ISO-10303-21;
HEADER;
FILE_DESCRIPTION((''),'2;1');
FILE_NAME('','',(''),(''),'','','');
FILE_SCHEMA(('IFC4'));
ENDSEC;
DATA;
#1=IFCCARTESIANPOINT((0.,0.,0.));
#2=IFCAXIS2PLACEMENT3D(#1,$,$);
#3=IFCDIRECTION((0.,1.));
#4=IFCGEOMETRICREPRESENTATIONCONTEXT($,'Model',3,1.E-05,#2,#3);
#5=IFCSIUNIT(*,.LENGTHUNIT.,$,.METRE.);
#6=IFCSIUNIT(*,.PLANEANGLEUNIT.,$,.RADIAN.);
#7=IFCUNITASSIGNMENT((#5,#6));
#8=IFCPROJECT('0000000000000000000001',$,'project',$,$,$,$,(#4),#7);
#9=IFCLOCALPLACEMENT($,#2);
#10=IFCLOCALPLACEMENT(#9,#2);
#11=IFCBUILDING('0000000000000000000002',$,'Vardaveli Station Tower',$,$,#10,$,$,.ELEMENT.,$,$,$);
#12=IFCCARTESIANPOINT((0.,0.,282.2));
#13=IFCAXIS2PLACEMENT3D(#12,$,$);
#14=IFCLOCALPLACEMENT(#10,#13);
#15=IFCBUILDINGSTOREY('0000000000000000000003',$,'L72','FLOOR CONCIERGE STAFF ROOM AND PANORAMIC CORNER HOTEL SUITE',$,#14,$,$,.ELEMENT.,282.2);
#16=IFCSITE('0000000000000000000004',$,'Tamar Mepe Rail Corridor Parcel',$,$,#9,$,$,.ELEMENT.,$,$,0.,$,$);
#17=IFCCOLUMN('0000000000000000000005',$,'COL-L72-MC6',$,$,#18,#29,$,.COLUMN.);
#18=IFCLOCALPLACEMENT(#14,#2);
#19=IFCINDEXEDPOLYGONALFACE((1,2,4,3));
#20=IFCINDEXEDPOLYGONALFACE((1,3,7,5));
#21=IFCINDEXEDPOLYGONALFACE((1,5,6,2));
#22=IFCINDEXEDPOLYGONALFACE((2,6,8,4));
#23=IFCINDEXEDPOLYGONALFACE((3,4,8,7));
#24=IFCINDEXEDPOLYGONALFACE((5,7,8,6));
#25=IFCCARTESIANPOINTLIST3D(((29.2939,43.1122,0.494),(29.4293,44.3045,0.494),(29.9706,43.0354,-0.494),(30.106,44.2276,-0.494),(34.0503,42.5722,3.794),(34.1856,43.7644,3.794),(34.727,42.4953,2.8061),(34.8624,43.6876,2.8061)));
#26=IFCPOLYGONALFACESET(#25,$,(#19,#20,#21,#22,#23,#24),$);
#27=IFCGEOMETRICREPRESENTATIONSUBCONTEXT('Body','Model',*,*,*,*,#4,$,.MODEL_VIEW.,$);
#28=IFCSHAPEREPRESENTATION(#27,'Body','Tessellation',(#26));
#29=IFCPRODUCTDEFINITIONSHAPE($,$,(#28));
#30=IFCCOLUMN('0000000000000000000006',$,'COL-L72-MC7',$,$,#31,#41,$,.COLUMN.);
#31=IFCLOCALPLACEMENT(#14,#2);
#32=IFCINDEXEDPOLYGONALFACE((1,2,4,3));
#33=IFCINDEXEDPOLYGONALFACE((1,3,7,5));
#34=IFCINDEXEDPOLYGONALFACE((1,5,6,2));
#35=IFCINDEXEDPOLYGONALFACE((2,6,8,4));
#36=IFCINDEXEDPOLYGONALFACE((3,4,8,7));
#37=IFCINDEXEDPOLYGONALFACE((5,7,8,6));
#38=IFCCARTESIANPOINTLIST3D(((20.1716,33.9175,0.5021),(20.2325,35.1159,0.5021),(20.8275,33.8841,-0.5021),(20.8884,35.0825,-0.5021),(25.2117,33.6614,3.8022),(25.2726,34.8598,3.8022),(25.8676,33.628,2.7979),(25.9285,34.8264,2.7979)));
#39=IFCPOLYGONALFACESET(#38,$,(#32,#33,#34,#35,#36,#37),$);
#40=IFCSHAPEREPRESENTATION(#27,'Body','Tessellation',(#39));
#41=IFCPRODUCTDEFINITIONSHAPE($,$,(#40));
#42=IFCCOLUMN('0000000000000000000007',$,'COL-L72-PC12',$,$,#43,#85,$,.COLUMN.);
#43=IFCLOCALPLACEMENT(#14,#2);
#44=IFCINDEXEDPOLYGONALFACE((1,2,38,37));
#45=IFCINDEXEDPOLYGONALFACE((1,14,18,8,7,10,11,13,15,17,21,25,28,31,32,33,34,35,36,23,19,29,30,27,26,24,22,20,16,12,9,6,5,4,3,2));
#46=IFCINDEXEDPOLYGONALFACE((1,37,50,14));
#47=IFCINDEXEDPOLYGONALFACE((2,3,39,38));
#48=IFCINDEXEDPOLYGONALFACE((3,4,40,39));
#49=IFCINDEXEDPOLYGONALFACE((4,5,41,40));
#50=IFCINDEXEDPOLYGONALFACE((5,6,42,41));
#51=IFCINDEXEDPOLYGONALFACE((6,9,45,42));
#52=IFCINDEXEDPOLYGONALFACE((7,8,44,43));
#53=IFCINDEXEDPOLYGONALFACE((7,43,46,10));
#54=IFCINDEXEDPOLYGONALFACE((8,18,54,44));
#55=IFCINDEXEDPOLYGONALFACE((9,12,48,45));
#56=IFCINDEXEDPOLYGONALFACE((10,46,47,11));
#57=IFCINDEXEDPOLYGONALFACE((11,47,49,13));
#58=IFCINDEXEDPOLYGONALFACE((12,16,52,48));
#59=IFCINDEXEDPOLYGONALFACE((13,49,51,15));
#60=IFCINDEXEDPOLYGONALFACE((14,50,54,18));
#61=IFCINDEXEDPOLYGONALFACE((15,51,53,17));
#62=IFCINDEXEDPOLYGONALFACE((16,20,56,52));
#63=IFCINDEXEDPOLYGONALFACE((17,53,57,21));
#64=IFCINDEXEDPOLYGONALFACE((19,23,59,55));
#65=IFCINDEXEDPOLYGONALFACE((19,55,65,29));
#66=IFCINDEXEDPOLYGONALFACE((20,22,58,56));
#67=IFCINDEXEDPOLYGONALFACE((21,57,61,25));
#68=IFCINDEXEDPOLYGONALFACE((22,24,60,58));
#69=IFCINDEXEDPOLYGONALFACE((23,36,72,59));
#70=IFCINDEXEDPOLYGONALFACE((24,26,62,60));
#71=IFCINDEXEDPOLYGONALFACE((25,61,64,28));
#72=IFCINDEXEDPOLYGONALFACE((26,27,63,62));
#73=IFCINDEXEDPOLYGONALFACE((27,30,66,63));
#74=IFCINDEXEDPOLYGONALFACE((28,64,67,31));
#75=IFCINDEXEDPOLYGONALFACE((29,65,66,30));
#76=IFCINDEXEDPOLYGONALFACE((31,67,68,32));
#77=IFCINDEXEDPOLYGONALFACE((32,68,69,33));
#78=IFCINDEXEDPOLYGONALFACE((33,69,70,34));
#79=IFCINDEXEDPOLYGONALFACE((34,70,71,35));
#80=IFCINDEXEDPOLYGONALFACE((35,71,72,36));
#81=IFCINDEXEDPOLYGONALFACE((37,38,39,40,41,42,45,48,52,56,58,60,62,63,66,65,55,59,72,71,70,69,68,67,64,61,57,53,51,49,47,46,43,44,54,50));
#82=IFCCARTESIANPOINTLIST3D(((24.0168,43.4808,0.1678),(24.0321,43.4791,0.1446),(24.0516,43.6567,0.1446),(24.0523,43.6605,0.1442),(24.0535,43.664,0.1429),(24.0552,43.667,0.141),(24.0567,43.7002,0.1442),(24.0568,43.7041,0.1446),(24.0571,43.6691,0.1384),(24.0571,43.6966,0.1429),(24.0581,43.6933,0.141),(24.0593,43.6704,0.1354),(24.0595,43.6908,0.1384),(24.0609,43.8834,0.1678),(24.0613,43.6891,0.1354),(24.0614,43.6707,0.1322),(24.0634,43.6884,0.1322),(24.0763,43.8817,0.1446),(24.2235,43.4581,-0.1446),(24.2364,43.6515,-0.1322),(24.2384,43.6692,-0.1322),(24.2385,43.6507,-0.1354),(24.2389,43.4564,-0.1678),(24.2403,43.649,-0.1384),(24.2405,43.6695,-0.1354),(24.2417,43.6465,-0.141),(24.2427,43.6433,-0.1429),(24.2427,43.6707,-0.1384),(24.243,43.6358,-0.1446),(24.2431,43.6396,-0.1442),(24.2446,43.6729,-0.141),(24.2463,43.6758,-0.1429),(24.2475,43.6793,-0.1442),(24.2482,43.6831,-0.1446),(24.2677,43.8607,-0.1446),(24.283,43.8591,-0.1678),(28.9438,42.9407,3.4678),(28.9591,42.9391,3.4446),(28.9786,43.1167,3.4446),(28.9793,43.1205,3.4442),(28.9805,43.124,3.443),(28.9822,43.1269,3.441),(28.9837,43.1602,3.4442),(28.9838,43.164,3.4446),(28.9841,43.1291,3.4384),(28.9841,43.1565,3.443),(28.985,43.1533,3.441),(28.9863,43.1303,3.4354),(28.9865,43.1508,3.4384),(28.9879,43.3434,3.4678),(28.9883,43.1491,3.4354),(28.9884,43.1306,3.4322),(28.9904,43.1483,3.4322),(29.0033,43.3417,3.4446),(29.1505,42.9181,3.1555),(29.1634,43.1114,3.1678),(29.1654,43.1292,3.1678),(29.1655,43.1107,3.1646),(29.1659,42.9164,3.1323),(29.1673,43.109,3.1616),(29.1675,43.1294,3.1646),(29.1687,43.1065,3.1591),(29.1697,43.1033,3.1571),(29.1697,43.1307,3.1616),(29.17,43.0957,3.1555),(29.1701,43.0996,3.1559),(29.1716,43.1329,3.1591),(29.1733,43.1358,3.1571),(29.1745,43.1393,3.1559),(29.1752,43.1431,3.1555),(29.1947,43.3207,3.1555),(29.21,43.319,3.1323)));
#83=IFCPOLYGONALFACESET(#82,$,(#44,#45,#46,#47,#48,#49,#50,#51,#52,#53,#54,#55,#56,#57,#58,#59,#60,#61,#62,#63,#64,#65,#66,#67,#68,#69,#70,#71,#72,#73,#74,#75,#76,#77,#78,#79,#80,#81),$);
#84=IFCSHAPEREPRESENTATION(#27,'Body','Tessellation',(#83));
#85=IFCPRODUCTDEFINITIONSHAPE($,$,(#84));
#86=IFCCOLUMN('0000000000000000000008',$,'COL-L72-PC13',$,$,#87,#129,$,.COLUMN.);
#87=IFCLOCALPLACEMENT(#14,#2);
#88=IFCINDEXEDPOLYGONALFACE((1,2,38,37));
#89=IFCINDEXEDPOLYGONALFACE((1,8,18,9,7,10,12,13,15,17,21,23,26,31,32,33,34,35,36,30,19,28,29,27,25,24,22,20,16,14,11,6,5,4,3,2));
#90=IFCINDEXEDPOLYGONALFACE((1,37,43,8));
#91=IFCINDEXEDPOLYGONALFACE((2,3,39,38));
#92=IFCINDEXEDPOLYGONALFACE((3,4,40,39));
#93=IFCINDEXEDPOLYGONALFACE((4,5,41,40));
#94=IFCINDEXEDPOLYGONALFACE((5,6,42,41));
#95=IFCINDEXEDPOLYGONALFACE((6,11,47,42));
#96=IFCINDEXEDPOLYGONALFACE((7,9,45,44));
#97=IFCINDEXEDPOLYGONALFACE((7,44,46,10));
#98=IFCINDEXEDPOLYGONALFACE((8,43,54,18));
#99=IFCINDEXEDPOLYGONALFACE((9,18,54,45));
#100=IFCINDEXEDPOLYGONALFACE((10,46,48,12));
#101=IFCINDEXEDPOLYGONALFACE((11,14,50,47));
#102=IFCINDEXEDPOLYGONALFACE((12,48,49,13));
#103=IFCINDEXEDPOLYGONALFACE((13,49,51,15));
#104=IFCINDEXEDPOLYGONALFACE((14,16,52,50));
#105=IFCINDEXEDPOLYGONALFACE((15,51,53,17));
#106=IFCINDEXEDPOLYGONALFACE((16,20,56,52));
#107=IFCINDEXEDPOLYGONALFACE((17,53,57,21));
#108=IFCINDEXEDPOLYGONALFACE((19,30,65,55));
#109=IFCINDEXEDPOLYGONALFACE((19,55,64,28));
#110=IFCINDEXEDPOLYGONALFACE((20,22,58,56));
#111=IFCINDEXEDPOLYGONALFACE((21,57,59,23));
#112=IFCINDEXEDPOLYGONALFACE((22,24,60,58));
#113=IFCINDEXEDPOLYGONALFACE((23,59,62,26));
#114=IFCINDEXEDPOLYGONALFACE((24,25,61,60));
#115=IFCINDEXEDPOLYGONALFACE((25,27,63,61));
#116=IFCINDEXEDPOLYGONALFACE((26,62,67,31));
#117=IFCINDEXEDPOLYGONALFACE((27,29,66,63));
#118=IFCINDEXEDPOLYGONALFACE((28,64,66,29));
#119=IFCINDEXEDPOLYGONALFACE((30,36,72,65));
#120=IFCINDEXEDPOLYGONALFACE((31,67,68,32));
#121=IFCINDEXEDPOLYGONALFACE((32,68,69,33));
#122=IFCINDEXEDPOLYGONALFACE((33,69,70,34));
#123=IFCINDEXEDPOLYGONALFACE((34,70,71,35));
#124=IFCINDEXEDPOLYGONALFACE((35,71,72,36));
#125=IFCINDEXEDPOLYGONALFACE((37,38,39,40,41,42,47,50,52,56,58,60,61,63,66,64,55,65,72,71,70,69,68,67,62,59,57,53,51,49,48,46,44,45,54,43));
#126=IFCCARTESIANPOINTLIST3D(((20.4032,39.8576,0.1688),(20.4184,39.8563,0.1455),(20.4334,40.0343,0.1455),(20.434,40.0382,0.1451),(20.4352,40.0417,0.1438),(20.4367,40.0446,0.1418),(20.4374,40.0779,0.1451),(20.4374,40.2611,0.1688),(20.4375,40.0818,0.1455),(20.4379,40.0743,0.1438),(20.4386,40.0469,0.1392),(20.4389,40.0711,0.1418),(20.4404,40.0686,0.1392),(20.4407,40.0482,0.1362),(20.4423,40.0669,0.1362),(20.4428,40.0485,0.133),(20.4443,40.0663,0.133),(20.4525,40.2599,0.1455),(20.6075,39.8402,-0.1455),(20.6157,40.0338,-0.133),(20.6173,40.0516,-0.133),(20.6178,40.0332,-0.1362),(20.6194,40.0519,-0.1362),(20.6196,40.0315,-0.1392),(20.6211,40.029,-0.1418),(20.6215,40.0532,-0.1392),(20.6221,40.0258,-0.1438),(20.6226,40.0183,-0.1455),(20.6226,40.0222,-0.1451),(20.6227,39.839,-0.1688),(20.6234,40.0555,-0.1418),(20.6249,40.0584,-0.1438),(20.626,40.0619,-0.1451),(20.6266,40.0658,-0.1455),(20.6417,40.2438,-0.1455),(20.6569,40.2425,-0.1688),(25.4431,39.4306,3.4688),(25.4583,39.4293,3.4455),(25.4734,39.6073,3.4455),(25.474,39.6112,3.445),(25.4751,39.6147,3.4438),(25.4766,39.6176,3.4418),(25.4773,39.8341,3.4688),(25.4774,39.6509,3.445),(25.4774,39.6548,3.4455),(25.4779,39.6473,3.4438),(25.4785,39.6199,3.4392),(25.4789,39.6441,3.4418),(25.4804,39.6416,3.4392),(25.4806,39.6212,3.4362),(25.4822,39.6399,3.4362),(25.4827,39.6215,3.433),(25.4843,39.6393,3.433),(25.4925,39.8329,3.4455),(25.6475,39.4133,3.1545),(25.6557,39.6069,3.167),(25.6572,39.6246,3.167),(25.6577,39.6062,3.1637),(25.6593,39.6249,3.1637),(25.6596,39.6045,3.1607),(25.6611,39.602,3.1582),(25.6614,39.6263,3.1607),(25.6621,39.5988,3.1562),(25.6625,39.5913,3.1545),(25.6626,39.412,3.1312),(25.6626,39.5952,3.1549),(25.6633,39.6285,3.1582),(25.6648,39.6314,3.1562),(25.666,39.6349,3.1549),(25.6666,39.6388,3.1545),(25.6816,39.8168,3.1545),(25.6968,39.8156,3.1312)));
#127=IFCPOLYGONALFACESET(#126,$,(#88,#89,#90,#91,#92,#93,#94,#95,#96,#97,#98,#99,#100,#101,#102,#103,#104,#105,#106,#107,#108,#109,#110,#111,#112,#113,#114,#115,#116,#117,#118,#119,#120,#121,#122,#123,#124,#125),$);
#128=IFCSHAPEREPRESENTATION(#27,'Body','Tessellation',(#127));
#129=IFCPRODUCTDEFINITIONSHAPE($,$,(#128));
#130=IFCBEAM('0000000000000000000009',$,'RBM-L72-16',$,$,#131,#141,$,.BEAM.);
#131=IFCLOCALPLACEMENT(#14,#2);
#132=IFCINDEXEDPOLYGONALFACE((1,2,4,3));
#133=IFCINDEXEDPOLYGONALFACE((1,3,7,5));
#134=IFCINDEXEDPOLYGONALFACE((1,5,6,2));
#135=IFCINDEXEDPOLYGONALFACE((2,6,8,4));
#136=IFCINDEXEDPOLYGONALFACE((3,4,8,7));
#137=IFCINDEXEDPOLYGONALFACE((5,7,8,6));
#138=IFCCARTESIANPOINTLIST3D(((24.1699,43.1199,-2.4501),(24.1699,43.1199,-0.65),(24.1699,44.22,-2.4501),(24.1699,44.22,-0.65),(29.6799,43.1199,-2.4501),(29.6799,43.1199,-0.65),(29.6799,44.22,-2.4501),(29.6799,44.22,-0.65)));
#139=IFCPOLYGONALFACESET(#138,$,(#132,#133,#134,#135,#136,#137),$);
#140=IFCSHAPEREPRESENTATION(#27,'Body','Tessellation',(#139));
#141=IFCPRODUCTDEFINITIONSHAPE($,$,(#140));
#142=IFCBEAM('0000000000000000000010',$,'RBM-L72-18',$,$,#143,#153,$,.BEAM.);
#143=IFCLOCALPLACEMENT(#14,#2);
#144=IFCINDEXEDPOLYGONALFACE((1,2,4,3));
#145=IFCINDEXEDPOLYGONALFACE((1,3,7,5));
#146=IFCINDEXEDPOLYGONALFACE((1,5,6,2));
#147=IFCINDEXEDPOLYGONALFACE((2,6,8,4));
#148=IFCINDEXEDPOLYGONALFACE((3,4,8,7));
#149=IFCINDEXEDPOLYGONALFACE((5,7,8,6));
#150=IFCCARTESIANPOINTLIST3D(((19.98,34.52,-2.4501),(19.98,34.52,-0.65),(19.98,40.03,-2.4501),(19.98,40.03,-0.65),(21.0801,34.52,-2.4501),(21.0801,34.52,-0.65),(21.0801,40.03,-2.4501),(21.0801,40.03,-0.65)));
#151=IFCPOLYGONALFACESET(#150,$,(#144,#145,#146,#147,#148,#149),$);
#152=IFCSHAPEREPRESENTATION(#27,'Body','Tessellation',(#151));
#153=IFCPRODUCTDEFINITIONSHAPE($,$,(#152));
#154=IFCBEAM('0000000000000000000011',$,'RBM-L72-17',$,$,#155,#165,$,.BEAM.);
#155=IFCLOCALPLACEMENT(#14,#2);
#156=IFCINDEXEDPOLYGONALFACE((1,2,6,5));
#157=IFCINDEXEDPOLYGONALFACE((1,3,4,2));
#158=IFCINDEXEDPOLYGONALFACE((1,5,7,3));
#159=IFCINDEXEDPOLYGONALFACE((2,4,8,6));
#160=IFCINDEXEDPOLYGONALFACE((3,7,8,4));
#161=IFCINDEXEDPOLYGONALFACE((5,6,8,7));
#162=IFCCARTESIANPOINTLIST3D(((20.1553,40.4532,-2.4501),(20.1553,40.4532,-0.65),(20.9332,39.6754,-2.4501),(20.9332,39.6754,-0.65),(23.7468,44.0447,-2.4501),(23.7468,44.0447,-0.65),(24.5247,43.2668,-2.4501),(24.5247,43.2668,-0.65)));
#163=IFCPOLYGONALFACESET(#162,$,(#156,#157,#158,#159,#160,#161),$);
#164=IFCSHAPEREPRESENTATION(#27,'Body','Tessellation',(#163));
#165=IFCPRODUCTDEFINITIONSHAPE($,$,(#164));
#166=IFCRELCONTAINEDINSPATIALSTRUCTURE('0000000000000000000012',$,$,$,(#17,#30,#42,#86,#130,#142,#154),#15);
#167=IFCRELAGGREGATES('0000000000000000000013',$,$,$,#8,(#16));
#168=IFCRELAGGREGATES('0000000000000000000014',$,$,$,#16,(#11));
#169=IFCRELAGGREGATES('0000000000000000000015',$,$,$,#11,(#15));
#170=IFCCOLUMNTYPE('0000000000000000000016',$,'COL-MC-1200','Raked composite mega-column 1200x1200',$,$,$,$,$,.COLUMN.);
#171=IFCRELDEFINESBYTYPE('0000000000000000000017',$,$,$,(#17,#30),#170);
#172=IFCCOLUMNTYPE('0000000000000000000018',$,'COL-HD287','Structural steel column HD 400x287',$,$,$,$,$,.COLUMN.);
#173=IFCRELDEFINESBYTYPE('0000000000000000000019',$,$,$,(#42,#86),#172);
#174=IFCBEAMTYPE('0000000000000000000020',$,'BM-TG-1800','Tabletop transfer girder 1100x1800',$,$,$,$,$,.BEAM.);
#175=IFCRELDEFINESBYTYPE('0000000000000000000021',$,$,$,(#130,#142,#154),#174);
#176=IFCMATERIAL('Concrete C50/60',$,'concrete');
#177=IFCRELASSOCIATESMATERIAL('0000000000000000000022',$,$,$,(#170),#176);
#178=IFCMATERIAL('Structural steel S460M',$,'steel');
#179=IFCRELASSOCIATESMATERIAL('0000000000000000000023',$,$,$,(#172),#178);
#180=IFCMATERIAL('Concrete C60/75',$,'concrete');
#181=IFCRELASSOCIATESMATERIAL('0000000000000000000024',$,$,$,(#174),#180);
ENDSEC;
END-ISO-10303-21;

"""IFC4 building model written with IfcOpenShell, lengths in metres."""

from ifc_helpers import new_model, si_unit, direction, frame, origin, origin_2d, place, context, subcontext, project, spatial, rectangle, i_section, extrude, source, transform, mapped, material, material_profile, profile_set, type_object, element, save


model = new_model("IFC4")

# Units and contexts
model_context = context("Model", 3, precision=1e-05, world=origin(), true_north=direction((0.0, 1.0)))
body_context = subcontext(model_context, "Body", "Model", "MODEL_VIEW")
ifc_project = project(units=[si_unit("LENGTHUNIT", "METRE"), si_unit("PLANEANGLEUNIT", "RADIAN")], contexts=[model_context])

# Site, building, storey
site_placement = place(None, origin())
site = spatial("IfcSite", under=ifc_project, at=site_placement, Name="Tamar Mepe Rail Corridor Parcel", CompositionType="ELEMENT", RefElevation=0.0)
building_placement = place(site_placement, origin())
building = spatial("IfcBuilding", under=site, at=building_placement, Name="Vardaveli Station Tower", CompositionType="ELEMENT")
storey_placement = place(building_placement, frame((0.0, 0.0, 282.2)))
storey = spatial("IfcBuildingStorey", under=building, at=storey_placement, Name="L72", Description="FLOOR CONCIERGE STAFF ROOM AND PANORAMIC CORNER HOTEL SUITE", CompositionType="ELEMENT", Elevation=282.2)

# Columns
ifc_material_1 = material(Name="Concrete C50/60", Category="concrete")
ifc_material_profile_1 = material_profile(ifc_material_1, rectangle(XDim=1.2, YDim=1.2, at=origin_2d()), Name="MC 1200x1200")
ifc_profile_set_1 = profile_set([ifc_material_profile_1], Name="Concrete C50/60")
column_type_1 = type_object("IfcColumnType", Name="COL-MC-1200", Description="Raked composite mega-column 1200x1200", PredefinedType="COLUMN", material=ifc_profile_set_1)
shared_shape_1 = source(origin(), body_context, "Body", "SweptSolid", [
    extrude(rectangle(XDim=1.2, YDim=1.2, at=origin_2d()), origin(), (0.0, 0.0, 1.0), 5.8142),
])
column_1_placement = place(storey_placement, frame((29.7, 43.6699, 0.0), z_axis=(0.818058, -0.092883, 0.567585), x_axis=(0.112816, 0.993616, 0.0)))
element("IfcColumn", 1, at=column_1_placement, inside=storey, type_object=column_type_1, Name="COL-L72-MC6", PredefinedType="COLUMN", context=body_context, shape_type="MappedRepresentation", body=[
    mapped(shared_shape_1, transform((0.0, 0.0, 0.0), scale=1.0)),
])
shared_shape_2 = source(origin(), body_context, "Body", "SweptSolid", [
    extrude(rectangle(XDim=1.2, YDim=1.2, at=origin_2d()), origin(), (0.0, 0.0, 1.0), 6.0298),
])
column_2_placement = place(storey_placement, frame((20.53, 34.5, 0.0), z_axis=(0.835862, -0.042473, 0.547294), x_axis=(0.050748, 0.998711, 0.0)))
element("IfcColumn", 2, at=column_2_placement, inside=storey, type_object=column_type_1, Name="COL-L72-MC7", PredefinedType="COLUMN", context=body_context, shape_type="MappedRepresentation", body=[
    mapped(shared_shape_2, transform((0.0, 0.0, 0.0), scale=1.0)),
])
ifc_material_2 = material(Name="Structural steel S460M", Category="steel")
ifc_material_profile_2 = material_profile(ifc_material_2, i_section(OverallWidth=0.405, OverallDepth=0.4031, WebThickness=0.0178, FlangeThickness=0.0278, FilletRadius=0.0149, at=origin_2d()), Name="HD 400x287")
ifc_profile_set_2 = profile_set([ifc_material_profile_2], Name="Structural steel S460M")
column_type_2 = type_object("IfcColumnType", Name="COL-HD287", Description="Structural steel column HD 400x287", PredefinedType="COLUMN", material=ifc_profile_set_2)
shared_shape_3 = source(origin(), body_context, "Body", "SweptSolid", [
    extrude(i_section(OverallWidth=0.405, OverallDepth=0.4031, WebThickness=0.0178, FlangeThickness=0.0278, FilletRadius=0.0149, at=origin_2d()), origin(), (0.0, 0.0, 1.0), 5.9546),
])
column_3_placement = place(storey_placement, frame((24.1499, 43.6699, 0.0), z_axis=(0.827427, -0.090693, 0.554201), x_axis=(0.108956, 0.994047, 0.0)))
element("IfcColumn", 3, at=column_3_placement, inside=storey, type_object=column_type_2, Name="COL-L72-PC12", PredefinedType="COLUMN", context=body_context, shape_type="MappedRepresentation", body=[
    mapped(shared_shape_3, transform((0.0, 0.0, 0.0), scale=1.0)),
])
shared_shape_4 = source(origin(), body_context, "Body", "SweptSolid", [
    extrude(i_section(OverallWidth=0.405, OverallDepth=0.4031, WebThickness=0.0178, FlangeThickness=0.0278, FilletRadius=0.0149, at=origin_2d()), origin(), (0.0, 0.0, 1.0), 6.0393),
])
column_4_placement = place(storey_placement, frame((20.53, 40.05, 0.0), z_axis=(0.834523, -0.070702, 0.546418), x_axis=(0.08442, 0.99643, 0.0)))
element("IfcColumn", 4, at=column_4_placement, inside=storey, type_object=column_type_2, Name="COL-L72-PC13", PredefinedType="COLUMN", context=body_context, shape_type="MappedRepresentation", body=[
    mapped(shared_shape_4, transform((0.0, 0.0, 0.0), scale=1.0)),
])

# Beams
ifc_material_3 = material(Name="Concrete C60/75", Category="concrete")
ifc_material_profile_3 = material_profile(ifc_material_3, rectangle(XDim=1.1001, YDim=1.8, at=origin_2d()), Name="TG 1100x1800")
ifc_profile_set_3 = profile_set([ifc_material_profile_3], Name="Concrete C60/75")
beam_type_1 = type_object("IfcBeamType", Name="BM-TG-1800", Description="Tabletop transfer girder 1100x1800", PredefinedType="BEAM", material=ifc_profile_set_3)
shared_shape_5 = source(origin(), body_context, "Body", "SweptSolid", [
    extrude(rectangle(XDim=1.1001, YDim=1.8, at=origin_2d()), origin(), (0.0, 0.0, 1.0), 5.51),
])
for number, where, z_axis, x_axis, name in (
    (5, (29.6799, 43.6699, -1.55), (-1.0, 0.0, 0.0), (0.0, -1.0, 0.0), "RBM-L72-16"),
    (6, (20.53, 40.03, -1.55), (0.0, -1.0, 0.0), (1.0, 0.0, 0.0), "RBM-L72-18"),
):
    element("IfcBeam", number, at=place(storey_placement, frame(where, z_axis=z_axis, x_axis=x_axis)), inside=storey, type_object=beam_type_1, Name=name, PredefinedType="BEAM", context=body_context, shape_type="MappedRepresentation", body=[
        mapped(shared_shape_5, transform((0.0, 0.0, 0.0), scale=1.0)),
    ])
shared_shape_6 = source(origin(), body_context, "Body", "SweptSolid", [
    extrude(rectangle(XDim=1.1001, YDim=1.8, at=origin_2d()), origin(), (0.0, 0.0, 1.0), 5.0791),
])
beam_1_placement = place(storey_placement, frame((24.1357, 43.6558, -1.55), z_axis=(-0.707107, -0.707107, 0.0), x_axis=(0.707107, -0.707107, 0.0)))
element("IfcBeam", 7, at=beam_1_placement, inside=storey, type_object=beam_type_1, Name="RBM-L72-17", PredefinedType="BEAM", context=body_context, shape_type="MappedRepresentation", body=[
    mapped(shared_shape_6, transform((0.0, 0.0, 0.0), scale=1.0)),
])

save(model, "model.ifc")
